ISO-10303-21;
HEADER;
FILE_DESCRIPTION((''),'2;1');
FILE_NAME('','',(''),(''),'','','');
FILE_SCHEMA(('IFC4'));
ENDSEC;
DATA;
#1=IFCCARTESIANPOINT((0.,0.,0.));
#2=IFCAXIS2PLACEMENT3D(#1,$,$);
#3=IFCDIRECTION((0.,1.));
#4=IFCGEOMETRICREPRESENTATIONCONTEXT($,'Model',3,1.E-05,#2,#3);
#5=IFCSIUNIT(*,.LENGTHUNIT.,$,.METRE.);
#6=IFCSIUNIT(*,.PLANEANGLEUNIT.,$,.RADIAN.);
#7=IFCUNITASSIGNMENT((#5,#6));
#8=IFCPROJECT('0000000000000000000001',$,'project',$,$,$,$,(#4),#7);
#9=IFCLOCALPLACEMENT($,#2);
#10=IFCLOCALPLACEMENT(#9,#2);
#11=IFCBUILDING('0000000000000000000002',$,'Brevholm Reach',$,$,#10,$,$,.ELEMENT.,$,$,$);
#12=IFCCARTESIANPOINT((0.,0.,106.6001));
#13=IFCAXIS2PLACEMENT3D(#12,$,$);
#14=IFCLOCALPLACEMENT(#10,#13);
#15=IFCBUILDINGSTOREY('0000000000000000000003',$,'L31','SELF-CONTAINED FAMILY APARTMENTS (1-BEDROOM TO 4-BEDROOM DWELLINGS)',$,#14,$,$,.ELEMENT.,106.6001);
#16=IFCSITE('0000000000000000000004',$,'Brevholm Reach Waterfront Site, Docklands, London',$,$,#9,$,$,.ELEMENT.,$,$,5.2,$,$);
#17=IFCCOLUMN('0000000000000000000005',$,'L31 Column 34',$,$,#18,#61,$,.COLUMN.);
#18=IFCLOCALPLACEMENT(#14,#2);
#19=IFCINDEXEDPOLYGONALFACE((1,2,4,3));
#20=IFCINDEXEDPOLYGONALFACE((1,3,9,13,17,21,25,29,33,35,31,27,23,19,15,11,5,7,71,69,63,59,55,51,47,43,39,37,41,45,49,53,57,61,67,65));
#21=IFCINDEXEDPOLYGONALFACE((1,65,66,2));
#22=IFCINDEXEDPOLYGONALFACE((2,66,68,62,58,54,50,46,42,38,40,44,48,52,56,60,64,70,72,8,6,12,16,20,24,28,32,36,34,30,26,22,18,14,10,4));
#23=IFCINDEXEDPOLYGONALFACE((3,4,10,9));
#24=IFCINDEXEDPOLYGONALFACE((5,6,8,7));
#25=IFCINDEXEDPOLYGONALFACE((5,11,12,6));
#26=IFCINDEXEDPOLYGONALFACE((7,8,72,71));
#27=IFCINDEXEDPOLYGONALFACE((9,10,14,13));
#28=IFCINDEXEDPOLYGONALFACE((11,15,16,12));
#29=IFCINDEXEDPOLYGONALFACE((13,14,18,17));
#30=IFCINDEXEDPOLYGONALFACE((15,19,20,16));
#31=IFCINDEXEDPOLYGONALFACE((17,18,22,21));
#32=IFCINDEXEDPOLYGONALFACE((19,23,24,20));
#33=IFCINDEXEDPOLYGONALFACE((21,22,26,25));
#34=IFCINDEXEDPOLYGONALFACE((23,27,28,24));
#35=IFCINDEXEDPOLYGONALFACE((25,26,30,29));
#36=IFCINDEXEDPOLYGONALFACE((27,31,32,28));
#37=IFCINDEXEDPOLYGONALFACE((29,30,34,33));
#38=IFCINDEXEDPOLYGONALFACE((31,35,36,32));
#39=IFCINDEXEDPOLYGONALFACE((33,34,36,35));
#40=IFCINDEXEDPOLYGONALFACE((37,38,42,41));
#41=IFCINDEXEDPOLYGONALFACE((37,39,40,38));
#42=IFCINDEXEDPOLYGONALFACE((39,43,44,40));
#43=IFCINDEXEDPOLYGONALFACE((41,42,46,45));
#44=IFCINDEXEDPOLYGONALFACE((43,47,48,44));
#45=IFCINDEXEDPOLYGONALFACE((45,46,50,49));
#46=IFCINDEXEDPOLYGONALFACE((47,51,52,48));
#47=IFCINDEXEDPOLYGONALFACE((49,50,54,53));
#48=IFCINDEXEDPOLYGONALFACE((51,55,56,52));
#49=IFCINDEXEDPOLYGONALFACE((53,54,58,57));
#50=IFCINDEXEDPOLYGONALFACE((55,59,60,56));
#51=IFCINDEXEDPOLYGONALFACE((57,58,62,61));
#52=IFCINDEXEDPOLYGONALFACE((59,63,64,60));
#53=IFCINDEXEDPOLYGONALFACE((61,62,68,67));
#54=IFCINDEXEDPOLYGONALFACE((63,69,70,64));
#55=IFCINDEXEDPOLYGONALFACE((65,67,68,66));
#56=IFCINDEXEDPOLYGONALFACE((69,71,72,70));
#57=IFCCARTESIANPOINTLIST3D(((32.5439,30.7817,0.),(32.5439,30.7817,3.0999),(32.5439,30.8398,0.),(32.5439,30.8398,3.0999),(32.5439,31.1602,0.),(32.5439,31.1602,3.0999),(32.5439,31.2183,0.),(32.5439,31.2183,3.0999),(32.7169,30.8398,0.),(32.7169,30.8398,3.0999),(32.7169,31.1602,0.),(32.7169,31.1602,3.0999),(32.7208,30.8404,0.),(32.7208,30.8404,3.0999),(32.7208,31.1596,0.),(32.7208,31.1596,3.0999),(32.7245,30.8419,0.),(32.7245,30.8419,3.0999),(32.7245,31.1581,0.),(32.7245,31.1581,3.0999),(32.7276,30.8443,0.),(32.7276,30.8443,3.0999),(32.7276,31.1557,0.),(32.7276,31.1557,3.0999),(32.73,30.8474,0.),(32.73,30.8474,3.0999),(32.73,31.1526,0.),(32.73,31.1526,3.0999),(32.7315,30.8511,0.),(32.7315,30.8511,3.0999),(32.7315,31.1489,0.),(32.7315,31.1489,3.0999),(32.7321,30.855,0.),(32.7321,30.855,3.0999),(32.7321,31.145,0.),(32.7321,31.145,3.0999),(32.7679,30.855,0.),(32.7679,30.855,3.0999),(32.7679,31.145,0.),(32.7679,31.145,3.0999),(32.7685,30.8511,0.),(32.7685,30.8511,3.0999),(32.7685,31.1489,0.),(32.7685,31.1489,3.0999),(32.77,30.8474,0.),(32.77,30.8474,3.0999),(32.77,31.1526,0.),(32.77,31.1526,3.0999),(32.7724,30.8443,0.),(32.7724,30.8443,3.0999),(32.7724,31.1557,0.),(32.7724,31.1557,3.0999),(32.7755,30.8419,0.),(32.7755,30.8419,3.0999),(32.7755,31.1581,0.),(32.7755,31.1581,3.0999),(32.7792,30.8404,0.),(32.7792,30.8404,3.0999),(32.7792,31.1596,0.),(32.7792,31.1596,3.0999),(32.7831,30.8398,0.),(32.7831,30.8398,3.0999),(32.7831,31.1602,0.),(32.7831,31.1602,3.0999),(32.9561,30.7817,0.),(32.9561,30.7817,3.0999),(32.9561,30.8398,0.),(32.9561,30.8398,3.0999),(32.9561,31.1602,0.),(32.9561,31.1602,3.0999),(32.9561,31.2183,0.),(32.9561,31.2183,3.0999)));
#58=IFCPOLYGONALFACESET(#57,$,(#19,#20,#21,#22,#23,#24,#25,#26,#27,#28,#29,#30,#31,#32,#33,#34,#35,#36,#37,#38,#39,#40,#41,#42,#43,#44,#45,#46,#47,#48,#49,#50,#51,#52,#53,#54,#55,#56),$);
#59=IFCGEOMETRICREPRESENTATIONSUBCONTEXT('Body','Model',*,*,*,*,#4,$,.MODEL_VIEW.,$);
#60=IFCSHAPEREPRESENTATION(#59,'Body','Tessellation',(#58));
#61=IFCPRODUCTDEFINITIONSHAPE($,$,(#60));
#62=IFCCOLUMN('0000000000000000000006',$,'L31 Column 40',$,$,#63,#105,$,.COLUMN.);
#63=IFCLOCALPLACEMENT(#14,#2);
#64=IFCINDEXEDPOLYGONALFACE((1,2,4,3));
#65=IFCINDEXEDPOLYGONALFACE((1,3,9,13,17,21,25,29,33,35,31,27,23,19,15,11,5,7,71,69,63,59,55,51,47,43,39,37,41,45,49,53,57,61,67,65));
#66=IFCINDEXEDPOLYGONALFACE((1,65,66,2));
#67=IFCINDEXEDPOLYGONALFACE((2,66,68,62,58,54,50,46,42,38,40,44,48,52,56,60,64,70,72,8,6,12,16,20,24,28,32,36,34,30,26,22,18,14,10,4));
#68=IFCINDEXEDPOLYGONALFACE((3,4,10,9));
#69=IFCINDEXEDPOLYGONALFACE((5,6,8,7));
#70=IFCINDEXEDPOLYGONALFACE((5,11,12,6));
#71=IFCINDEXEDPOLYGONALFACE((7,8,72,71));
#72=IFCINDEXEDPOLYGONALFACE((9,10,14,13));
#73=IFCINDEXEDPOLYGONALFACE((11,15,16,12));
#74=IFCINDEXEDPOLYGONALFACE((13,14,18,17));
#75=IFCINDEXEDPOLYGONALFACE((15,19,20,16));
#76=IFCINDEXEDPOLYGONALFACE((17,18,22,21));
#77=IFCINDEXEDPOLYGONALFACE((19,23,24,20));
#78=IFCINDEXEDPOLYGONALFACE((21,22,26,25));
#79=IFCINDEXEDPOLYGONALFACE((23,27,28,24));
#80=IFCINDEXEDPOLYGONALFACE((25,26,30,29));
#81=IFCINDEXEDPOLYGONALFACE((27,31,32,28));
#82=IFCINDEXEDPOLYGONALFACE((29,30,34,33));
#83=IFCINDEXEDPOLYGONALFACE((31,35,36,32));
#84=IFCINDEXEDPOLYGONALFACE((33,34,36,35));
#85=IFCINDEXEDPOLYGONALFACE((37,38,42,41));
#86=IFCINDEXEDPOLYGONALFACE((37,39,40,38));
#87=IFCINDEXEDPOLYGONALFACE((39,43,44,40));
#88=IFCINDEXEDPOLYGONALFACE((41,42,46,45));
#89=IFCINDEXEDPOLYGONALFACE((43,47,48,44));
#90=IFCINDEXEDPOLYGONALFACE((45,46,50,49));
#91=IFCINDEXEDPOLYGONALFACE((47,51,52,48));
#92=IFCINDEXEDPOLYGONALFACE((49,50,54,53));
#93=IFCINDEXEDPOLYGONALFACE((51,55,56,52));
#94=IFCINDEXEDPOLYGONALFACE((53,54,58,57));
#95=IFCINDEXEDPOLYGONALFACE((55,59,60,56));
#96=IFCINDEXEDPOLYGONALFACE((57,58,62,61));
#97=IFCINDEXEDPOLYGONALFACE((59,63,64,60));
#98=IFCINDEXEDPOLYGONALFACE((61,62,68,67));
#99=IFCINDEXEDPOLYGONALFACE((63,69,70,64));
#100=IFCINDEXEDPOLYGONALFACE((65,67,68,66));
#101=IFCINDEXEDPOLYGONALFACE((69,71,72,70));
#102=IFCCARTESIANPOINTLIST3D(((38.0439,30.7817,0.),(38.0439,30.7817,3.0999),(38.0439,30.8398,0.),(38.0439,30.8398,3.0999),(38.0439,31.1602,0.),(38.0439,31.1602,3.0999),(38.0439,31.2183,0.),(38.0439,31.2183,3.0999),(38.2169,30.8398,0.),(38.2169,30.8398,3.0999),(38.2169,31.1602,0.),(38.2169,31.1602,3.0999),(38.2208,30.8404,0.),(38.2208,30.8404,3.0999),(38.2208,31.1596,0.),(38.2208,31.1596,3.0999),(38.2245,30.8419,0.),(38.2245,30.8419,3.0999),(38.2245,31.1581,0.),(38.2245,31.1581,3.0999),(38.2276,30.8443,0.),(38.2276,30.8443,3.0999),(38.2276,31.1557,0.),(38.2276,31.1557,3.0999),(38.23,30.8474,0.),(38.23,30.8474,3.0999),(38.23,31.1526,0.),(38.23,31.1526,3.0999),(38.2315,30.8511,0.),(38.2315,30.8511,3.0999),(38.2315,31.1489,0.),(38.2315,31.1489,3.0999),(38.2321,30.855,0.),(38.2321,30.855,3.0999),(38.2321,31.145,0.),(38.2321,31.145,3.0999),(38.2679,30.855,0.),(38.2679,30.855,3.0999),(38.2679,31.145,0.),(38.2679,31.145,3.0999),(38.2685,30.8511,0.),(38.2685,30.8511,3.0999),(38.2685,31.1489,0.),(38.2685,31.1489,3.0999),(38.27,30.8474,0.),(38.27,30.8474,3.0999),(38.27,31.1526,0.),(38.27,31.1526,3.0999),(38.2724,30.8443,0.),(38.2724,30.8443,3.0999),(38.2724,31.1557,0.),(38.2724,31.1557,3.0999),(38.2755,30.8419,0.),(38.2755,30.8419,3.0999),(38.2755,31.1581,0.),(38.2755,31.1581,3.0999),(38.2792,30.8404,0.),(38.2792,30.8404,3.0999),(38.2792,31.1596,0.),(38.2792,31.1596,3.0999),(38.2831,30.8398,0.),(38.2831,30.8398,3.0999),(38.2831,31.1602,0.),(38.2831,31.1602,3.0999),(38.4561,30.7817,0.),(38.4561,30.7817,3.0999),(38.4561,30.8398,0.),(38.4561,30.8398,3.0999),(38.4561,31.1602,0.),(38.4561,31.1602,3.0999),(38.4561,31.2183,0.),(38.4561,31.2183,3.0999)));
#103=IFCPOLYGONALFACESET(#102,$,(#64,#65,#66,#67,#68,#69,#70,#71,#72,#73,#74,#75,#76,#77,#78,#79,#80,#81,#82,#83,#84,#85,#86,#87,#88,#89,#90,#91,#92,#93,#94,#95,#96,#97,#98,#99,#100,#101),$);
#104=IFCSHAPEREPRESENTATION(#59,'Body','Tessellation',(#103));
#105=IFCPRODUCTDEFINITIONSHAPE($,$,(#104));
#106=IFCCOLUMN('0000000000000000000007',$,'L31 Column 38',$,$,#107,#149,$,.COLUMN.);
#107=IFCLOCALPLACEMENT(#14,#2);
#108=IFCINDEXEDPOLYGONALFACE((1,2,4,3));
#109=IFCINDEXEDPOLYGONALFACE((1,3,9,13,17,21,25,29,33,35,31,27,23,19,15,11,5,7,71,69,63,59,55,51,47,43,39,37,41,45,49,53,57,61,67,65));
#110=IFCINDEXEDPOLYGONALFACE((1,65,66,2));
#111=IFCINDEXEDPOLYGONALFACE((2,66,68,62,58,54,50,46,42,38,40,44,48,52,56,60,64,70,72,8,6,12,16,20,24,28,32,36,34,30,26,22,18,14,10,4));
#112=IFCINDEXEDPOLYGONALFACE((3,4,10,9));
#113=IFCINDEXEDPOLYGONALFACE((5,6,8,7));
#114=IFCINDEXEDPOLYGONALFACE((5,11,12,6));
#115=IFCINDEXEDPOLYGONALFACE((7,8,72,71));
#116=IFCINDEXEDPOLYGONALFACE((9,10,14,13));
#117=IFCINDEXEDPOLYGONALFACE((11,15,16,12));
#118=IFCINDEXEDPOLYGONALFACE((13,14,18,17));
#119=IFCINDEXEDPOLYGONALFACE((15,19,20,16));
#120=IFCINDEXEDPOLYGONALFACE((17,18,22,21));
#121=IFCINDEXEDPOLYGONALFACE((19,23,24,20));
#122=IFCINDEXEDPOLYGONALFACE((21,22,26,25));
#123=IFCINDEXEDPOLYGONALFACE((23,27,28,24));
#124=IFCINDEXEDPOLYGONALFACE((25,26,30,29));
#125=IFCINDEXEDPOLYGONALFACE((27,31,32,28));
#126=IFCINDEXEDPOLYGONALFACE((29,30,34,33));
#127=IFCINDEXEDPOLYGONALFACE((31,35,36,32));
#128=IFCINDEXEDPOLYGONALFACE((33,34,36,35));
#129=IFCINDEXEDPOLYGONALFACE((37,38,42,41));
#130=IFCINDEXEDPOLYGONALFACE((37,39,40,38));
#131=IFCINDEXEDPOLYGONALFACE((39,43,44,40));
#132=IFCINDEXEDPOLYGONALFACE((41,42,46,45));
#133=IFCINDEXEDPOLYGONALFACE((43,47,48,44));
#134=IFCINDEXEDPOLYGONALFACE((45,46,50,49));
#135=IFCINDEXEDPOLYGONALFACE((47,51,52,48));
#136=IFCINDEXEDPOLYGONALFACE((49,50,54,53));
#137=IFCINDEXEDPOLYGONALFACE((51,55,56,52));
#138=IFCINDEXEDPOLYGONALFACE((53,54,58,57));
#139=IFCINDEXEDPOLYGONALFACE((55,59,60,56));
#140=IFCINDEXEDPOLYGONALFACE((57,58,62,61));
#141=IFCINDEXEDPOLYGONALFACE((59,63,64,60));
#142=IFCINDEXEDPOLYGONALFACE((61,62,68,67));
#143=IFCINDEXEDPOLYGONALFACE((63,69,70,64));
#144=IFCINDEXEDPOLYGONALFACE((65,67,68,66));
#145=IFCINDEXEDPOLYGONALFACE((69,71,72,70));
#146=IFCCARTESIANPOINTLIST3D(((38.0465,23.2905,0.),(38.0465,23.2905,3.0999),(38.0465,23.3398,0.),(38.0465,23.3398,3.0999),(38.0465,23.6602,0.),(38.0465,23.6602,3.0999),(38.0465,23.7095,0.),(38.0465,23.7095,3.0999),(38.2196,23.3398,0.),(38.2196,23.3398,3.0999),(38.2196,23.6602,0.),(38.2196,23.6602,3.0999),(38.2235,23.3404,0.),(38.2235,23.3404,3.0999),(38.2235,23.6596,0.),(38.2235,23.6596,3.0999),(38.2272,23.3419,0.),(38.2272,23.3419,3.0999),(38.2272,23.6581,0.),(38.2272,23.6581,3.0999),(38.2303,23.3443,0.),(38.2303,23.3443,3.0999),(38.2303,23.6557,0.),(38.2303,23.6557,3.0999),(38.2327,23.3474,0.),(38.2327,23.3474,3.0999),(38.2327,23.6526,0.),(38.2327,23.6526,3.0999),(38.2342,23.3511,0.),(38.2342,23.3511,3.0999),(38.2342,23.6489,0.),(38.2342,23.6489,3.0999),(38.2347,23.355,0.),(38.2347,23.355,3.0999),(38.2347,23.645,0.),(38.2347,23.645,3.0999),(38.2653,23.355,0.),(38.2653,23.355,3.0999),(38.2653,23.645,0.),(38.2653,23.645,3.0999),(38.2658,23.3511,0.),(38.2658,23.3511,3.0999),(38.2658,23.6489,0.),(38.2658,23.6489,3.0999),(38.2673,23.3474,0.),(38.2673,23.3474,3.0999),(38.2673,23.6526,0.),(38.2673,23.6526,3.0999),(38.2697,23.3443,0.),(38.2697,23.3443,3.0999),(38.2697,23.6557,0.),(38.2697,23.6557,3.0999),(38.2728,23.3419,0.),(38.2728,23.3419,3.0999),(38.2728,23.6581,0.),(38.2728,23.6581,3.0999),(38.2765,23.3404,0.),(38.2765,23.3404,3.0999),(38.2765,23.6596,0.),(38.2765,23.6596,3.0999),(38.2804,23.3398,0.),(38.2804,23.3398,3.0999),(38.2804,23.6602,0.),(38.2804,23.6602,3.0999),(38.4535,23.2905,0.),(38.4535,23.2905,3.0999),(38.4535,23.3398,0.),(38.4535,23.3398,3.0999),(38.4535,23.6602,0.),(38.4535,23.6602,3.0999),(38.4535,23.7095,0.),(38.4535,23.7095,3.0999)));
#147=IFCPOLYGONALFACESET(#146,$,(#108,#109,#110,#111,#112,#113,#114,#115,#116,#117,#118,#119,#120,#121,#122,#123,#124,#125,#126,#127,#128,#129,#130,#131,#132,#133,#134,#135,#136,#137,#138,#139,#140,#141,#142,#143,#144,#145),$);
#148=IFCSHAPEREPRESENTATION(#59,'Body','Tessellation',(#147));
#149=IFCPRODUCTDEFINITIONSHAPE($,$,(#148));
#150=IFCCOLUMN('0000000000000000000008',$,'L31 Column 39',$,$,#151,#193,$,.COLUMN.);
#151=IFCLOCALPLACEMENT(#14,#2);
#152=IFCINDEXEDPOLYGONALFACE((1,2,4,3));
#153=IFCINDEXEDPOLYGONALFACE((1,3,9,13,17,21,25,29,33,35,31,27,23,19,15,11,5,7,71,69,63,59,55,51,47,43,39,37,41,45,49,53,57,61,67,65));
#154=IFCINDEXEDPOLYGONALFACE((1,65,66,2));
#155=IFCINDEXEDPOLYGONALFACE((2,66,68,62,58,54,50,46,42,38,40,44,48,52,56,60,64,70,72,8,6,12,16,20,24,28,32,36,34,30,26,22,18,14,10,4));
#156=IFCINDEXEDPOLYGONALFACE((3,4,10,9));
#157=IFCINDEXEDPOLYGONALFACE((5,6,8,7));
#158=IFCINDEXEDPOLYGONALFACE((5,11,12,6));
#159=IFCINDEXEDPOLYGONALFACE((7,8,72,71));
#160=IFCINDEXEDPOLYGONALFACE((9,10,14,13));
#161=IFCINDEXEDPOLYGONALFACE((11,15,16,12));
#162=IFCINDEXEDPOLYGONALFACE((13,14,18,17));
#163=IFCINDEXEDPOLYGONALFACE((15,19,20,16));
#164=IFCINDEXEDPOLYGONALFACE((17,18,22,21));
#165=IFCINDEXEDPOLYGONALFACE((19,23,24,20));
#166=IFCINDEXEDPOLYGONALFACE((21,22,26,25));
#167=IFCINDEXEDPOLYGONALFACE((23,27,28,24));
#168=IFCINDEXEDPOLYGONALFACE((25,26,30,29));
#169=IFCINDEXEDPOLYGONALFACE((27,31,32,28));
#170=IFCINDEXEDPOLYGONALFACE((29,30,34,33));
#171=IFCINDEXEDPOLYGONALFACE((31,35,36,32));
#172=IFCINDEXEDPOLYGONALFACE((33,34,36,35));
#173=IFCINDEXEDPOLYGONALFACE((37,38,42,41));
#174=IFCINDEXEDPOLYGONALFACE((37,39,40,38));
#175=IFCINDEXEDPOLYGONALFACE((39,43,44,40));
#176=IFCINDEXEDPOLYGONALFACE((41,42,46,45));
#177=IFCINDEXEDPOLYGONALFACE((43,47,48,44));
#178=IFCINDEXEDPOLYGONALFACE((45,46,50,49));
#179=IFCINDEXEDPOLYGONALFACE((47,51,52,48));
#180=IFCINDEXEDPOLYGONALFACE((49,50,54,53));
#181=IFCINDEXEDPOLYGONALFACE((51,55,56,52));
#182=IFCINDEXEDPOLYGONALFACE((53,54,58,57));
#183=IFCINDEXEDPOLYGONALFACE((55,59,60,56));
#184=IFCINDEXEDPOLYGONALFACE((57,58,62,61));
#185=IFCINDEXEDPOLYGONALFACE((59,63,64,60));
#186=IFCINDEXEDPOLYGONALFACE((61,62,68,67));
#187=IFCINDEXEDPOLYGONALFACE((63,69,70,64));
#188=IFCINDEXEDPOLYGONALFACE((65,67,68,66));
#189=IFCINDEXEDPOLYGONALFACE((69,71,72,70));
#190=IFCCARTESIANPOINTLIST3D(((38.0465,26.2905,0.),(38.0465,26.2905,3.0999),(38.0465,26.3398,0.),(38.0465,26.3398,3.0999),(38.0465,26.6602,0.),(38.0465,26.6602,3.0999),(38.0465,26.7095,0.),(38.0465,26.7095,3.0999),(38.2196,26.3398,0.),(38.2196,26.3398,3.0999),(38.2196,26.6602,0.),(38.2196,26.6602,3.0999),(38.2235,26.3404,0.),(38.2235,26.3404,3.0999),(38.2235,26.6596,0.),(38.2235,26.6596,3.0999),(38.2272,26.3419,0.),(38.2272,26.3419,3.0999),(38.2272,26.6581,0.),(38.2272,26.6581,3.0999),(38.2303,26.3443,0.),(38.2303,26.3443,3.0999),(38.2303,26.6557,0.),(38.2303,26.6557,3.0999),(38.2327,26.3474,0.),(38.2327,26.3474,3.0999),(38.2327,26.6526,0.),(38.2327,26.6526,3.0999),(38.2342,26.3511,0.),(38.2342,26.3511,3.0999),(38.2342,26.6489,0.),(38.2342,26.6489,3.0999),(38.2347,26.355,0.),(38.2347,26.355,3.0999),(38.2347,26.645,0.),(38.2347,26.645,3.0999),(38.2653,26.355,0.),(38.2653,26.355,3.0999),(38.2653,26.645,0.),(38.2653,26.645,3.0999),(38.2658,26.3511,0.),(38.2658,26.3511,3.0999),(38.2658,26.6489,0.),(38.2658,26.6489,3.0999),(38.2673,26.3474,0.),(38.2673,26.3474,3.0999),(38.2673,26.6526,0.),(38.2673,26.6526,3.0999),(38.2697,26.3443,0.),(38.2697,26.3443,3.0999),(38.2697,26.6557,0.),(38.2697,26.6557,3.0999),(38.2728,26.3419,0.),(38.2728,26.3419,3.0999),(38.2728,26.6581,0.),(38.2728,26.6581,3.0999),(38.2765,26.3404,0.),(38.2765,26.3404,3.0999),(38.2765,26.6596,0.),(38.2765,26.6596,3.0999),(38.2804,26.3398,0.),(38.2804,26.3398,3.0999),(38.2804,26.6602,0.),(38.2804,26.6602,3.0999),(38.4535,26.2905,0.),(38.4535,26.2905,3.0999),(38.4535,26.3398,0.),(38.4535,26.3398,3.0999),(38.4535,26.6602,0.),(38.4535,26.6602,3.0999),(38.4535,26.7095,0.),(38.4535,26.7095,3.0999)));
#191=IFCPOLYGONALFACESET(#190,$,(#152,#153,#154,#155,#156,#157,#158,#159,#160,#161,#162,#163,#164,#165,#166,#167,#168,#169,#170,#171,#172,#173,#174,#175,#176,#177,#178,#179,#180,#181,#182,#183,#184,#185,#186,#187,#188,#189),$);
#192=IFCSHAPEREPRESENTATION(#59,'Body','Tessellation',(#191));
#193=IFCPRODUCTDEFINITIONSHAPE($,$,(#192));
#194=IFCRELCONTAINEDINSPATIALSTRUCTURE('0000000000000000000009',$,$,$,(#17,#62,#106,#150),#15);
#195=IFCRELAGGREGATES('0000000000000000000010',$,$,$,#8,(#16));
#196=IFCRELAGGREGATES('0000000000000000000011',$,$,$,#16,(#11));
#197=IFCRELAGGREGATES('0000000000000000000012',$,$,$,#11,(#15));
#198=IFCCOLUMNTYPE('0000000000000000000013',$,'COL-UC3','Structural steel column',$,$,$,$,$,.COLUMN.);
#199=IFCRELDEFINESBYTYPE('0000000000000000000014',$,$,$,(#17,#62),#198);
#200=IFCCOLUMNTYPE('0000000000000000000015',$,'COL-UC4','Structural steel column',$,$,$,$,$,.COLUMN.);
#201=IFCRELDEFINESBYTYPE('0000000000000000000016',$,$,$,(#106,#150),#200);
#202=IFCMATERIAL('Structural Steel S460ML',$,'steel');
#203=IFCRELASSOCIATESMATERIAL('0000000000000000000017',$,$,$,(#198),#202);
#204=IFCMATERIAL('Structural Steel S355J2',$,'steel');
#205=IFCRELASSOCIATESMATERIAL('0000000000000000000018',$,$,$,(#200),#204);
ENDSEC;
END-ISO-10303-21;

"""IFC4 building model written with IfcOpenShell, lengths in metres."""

from ifc_helpers import new_model, si_unit, direction, frame, origin, origin_2d, place, context, subcontext, project, spatial, i_section, extrude, material, material_profile, profile_set, type_object, element, save


model = new_model("IFC4")

# Units and contexts
model_context = context("Model", 3, precision=1e-05, world=origin(), true_north=direction((0.0, 1.0)))
body_context = subcontext(model_context, "Body", "Model", "MODEL_VIEW")
ifc_project = project(units=[si_unit("LENGTHUNIT", "METRE"), si_unit("PLANEANGLEUNIT", "RADIAN")], contexts=[model_context])

# Site, building, storey
site_placement = place(None, origin())
site = spatial("IfcSite", under=ifc_project, at=site_placement, Name="Brevholm Reach Waterfront Site, Docklands, London", CompositionType="ELEMENT", RefElevation=5.2)
building_placement = place(site_placement, origin())
building = spatial("IfcBuilding", under=site, at=building_placement, Name="Brevholm Reach", CompositionType="ELEMENT")
storey_placement = place(building_placement, frame((0.0, 0.0, 106.6001)))
storey = spatial("IfcBuildingStorey", under=building, at=storey_placement, Name="L31", Description="SELF-CONTAINED FAMILY APARTMENTS (1-BEDROOM TO 4-BEDROOM DWELLINGS)", CompositionType="ELEMENT", Elevation=106.6001)

# Columns
ifc_material_1 = material(Name="Structural Steel S460ML", Category="steel")
ifc_material_profile_1 = material_profile(ifc_material_1, i_section(OverallWidth=0.4121, OverallDepth=0.4365, WebThickness=0.0359, FlangeThickness=0.0581, FilletRadius=0.0151, at=origin_2d()), Name="UKC 356x406x467")
ifc_profile_set_1 = profile_set([ifc_material_profile_1], Name="Structural Steel S460ML")
column_type_1 = type_object("IfcColumnType", Name="COL-UC3", Description="Structural steel column", PredefinedType="COLUMN", material=ifc_profile_set_1)
for number, where, z_axis, x_axis, name in (
    (1, (32.75, 31.0, 0.0), (0.0, 0.0, 1.0), (1.0, 0.0, 0.0), "L31 Column 34"),
    (2, (38.25, 31.0, 0.0), (0.0, 0.0, 1.0), (1.0, 0.0, 0.0), "L31 Column 40"),
):
    element("IfcColumn", number, at=place(storey_placement, frame(where, z_axis=z_axis, x_axis=x_axis)), inside=storey, type_object=column_type_1, Name=name, PredefinedType="COLUMN", context=body_context, shape_type="SweptSolid", body=[
        extrude(i_section(OverallWidth=0.4121, OverallDepth=0.4365, WebThickness=0.0359, FlangeThickness=0.0581, FilletRadius=0.0151, at=origin_2d()), origin(), (0.0, 0.0, 1.0), 3.0999),
    ])
ifc_material_2 = material(Name="Structural Steel S355J2", Category="steel")
ifc_material_profile_2 = material_profile(ifc_material_2, i_section(OverallWidth=0.407, OverallDepth=0.4189, WebThickness=0.0305, FlangeThickness=0.0493, FilletRadius=0.0151, at=origin_2d()), Name="UKC 356x406x393")
ifc_profile_set_2 = profile_set([ifc_material_profile_2], Name="Structural Steel S355J2")
column_type_2 = type_object("IfcColumnType", Name="COL-UC4", Description="Structural steel column", PredefinedType="COLUMN", material=ifc_profile_set_2)
for number, where, z_axis, x_axis, name in (
    (3, (38.25, 23.5, 0.0), (0.0, 0.0, 1.0), (1.0, 0.0, 0.0), "L31 Column 38"),
    (4, (38.25, 26.5, 0.0), (0.0, 0.0, 1.0), (1.0, 0.0, 0.0), "L31 Column 39"),
):
    element("IfcColumn", number, at=place(storey_placement, frame(where, z_axis=z_axis, x_axis=x_axis)), inside=storey, type_object=column_type_2, Name=name, PredefinedType="COLUMN", context=body_context, shape_type="SweptSolid", body=[
        extrude(i_section(OverallWidth=0.407, OverallDepth=0.4189, WebThickness=0.0305, FlangeThickness=0.0493, FilletRadius=0.0151, at=origin_2d()), origin(), (0.0, 0.0, 1.0), 3.0999),
    ])

save(model, "model.ifc")
